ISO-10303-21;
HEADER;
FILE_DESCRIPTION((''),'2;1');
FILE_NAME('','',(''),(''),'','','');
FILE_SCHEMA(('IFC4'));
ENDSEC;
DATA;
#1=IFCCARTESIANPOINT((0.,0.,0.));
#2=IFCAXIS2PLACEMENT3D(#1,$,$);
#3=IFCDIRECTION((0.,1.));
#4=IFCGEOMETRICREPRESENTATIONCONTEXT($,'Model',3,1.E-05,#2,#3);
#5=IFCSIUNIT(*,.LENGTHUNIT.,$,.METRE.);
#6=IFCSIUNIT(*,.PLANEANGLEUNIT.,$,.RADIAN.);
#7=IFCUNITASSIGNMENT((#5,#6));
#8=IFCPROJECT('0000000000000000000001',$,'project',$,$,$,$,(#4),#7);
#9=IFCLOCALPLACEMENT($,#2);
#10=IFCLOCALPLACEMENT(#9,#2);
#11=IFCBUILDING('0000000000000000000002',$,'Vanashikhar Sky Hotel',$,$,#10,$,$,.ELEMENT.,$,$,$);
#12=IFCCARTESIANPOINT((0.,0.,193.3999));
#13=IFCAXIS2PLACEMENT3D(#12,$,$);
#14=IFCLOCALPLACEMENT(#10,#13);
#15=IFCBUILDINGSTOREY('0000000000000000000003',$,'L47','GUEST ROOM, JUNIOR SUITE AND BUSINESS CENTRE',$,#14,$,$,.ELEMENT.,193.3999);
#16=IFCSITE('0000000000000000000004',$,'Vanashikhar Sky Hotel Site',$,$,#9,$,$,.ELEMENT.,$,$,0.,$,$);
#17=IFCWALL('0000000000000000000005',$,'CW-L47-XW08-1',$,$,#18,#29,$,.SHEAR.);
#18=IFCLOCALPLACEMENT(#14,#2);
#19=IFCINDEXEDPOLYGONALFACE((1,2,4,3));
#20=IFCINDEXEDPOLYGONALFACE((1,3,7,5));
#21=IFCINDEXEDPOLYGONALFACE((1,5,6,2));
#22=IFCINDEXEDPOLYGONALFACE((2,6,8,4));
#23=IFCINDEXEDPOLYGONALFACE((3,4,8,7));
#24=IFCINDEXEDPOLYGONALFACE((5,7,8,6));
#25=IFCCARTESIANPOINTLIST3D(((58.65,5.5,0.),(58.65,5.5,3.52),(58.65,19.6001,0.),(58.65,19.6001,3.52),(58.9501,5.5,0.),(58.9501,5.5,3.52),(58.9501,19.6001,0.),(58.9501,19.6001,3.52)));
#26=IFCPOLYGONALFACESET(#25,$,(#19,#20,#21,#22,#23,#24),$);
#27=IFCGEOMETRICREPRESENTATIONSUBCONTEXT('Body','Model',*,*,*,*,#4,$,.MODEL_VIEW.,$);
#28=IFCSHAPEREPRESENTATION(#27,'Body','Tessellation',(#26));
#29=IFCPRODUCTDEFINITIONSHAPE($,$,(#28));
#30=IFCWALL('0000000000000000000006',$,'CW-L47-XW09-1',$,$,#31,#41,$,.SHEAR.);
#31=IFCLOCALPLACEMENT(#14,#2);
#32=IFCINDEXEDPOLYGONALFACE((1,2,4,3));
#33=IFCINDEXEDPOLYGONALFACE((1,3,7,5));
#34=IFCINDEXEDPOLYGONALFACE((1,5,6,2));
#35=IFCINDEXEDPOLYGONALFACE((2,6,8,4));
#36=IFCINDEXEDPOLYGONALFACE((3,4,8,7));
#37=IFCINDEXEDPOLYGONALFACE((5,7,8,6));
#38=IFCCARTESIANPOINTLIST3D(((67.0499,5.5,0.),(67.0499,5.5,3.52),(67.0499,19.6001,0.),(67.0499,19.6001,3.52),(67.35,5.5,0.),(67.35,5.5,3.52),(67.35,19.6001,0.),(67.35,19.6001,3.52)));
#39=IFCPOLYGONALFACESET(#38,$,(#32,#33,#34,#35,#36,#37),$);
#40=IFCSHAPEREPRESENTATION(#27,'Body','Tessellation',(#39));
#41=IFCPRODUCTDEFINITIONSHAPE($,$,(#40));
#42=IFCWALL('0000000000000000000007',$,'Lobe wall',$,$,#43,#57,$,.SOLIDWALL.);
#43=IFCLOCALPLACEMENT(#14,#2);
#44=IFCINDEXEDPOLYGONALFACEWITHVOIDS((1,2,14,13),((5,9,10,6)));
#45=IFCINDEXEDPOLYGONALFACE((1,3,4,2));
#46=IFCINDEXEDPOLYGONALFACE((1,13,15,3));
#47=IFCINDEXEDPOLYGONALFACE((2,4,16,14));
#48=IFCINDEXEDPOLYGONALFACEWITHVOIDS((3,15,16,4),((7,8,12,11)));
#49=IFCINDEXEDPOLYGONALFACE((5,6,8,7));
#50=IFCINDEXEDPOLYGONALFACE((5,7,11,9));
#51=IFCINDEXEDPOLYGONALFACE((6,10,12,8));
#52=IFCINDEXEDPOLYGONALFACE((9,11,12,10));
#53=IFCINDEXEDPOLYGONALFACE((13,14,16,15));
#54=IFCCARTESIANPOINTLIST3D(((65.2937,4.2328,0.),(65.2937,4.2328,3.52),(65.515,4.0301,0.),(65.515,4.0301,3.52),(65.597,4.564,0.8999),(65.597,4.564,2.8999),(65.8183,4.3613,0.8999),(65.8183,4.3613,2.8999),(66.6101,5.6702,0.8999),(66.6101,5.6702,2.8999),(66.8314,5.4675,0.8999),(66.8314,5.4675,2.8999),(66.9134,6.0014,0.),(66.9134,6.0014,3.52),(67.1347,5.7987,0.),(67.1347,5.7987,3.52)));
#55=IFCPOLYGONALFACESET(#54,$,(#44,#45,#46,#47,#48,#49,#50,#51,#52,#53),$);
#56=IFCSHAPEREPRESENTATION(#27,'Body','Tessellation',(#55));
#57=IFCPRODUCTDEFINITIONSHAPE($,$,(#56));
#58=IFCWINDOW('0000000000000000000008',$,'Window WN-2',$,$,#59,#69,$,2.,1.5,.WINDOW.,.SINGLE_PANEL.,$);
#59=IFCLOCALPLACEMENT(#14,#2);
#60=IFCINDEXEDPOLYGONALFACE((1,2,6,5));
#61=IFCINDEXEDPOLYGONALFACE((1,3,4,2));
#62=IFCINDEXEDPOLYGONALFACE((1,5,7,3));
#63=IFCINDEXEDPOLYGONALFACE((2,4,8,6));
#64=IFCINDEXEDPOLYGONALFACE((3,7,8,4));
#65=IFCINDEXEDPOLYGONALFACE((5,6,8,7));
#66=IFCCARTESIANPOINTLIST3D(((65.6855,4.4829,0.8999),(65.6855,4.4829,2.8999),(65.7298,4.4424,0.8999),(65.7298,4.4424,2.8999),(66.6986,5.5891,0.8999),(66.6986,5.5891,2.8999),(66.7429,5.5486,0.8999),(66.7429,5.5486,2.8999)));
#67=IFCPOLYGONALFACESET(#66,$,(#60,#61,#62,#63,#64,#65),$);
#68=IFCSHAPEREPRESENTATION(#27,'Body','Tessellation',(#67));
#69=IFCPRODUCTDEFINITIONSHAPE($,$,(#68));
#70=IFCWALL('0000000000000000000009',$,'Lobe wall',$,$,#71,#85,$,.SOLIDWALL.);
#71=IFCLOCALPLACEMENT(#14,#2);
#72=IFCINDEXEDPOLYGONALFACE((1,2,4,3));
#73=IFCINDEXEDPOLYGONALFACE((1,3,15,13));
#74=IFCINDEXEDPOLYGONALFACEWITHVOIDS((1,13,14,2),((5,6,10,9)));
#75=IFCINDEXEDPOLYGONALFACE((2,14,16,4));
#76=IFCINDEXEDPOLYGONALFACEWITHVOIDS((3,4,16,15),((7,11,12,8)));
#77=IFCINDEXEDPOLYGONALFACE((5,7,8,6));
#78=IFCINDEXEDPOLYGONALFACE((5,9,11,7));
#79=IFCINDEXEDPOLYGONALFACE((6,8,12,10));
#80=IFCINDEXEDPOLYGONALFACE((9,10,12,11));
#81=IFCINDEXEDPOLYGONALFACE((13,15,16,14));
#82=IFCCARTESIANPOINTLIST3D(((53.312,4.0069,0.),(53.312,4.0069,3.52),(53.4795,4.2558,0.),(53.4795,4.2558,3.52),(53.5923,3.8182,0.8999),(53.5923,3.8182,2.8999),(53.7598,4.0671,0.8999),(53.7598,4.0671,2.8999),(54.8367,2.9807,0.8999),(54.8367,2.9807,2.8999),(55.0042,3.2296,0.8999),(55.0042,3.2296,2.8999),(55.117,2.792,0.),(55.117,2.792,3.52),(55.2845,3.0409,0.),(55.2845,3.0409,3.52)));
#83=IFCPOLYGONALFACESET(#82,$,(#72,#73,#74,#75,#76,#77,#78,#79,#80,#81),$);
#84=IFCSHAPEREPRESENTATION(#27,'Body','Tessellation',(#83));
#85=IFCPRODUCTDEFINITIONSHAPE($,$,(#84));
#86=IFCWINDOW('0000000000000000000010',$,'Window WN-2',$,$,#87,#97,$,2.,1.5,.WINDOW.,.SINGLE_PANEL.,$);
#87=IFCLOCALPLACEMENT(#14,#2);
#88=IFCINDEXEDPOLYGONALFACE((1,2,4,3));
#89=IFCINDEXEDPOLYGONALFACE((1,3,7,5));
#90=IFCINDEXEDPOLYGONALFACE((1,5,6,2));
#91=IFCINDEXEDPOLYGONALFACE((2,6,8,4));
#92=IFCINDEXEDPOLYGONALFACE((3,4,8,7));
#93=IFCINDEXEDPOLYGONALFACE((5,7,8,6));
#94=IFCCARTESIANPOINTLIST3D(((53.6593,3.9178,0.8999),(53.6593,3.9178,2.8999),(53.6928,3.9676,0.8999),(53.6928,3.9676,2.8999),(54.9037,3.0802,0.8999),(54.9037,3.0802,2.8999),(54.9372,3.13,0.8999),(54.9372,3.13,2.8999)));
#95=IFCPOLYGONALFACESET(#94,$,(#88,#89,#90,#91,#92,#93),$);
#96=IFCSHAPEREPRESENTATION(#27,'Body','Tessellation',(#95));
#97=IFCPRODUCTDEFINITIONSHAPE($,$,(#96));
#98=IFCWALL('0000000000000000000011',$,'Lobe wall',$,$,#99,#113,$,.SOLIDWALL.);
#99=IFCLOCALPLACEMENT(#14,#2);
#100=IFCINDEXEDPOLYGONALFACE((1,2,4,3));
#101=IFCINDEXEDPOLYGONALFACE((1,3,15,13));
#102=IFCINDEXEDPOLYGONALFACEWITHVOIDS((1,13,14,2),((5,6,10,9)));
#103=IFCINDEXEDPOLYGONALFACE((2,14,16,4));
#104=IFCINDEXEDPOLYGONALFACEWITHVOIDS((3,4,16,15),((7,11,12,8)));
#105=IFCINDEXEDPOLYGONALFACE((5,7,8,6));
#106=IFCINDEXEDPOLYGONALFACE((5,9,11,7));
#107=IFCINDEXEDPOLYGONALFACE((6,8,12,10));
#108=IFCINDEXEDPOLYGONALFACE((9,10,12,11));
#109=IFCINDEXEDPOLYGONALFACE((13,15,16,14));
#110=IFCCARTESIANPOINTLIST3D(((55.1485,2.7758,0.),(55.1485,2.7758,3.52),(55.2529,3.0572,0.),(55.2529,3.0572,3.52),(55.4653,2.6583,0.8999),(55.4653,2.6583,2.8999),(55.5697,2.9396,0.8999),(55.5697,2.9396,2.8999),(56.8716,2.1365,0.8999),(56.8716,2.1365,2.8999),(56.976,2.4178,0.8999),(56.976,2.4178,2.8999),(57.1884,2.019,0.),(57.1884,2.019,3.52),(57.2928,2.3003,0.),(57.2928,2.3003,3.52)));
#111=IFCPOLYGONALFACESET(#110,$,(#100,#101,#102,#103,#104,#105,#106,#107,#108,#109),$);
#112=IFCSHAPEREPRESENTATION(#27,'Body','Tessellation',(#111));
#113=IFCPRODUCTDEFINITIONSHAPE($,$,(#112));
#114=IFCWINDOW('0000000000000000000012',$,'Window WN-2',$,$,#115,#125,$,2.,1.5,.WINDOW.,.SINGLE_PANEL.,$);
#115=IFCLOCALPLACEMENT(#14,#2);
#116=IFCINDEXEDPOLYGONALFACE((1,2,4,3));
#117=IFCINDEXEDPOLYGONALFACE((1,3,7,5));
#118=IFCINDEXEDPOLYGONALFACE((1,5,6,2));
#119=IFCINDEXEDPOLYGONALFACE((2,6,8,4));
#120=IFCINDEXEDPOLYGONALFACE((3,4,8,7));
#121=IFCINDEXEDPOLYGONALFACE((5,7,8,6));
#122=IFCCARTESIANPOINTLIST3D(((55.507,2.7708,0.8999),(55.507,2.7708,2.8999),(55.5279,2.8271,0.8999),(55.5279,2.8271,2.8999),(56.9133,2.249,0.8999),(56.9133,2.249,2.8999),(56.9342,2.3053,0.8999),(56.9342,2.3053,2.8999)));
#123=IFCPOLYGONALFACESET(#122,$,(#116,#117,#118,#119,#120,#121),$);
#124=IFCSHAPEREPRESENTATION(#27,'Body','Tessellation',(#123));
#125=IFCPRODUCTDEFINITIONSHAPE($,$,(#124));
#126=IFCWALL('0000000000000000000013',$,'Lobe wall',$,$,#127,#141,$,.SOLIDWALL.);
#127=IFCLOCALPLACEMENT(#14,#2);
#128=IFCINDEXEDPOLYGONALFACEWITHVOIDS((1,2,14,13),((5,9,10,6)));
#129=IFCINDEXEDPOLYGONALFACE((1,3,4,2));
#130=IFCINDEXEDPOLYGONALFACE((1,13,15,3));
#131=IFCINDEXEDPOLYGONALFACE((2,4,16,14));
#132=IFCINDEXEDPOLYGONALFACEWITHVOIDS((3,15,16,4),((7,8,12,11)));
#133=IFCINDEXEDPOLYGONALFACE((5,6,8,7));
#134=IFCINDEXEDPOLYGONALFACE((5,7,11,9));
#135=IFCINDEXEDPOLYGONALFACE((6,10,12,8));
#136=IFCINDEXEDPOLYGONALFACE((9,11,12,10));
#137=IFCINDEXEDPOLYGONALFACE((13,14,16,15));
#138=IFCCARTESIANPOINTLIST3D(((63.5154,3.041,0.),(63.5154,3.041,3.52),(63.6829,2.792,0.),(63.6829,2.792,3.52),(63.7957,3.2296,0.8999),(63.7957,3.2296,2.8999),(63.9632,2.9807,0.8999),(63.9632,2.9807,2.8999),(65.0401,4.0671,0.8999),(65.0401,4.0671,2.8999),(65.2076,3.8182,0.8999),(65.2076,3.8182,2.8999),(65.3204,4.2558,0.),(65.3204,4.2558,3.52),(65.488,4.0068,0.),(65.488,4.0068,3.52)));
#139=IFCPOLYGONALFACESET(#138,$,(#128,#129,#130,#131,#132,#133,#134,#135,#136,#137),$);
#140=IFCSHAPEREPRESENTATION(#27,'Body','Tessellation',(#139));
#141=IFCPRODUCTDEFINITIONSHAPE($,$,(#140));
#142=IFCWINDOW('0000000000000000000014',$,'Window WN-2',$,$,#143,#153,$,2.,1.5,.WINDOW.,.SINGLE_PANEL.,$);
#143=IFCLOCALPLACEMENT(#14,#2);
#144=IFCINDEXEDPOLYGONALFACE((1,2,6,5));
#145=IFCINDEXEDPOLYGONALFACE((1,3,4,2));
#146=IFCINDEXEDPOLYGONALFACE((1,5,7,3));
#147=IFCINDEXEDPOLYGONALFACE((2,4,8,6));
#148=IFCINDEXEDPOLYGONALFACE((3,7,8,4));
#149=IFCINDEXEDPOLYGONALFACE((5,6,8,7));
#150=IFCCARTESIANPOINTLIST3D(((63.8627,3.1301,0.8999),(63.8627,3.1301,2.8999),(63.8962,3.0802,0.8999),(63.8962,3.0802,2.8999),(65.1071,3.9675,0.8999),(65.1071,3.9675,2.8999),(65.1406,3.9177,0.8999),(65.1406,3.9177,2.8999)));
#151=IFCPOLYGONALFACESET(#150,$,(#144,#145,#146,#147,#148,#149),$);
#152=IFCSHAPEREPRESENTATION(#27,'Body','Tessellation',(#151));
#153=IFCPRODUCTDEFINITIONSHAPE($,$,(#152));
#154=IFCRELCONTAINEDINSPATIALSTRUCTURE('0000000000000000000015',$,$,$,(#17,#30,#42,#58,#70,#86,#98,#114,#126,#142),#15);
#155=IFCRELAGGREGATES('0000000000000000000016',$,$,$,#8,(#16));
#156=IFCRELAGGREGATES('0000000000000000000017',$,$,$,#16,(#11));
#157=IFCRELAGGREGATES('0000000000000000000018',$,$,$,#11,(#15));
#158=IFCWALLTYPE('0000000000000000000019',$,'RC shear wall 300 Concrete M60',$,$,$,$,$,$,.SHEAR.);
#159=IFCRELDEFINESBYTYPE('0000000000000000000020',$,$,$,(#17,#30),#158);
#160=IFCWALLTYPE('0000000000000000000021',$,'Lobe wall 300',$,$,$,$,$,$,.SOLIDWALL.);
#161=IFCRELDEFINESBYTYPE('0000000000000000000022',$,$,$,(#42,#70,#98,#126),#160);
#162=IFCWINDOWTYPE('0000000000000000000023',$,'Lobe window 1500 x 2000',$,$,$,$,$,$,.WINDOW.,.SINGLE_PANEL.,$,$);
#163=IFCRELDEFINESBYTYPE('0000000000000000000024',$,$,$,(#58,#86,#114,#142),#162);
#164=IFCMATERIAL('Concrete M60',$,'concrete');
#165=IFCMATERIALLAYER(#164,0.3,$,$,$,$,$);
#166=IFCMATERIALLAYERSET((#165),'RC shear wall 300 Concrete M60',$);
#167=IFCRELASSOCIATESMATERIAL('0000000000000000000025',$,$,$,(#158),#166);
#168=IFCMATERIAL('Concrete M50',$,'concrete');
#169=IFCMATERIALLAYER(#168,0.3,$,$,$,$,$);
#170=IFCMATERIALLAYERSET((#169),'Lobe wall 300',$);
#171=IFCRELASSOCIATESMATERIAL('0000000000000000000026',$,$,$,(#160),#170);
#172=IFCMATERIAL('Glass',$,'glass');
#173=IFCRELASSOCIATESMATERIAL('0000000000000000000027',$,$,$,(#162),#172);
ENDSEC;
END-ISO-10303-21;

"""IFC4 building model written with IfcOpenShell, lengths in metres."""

from ifc_helpers import new_model, si_unit, direction, frame, frame_2d, origin, place, context, subcontext, project, spatial, rectangle, extrude, source, transform, mapped, material, layer, layer_set, type_object, element, fill, save


model = new_model("IFC4")

# Units and contexts
model_context = context("Model", 3, precision=1e-05, world=origin(), true_north=direction((0.0, 1.0)))
body_context = subcontext(model_context, "Body", "Model", "MODEL_VIEW")
ifc_project = project(units=[si_unit("LENGTHUNIT", "METRE"), si_unit("PLANEANGLEUNIT", "RADIAN")], contexts=[model_context])

# Site, building, storey
site_placement = place(None, origin())
site = spatial("IfcSite", under=ifc_project, at=site_placement, Name="Vanashikhar Sky Hotel Site", CompositionType="ELEMENT", RefElevation=0.0)
building_placement = place(site_placement, origin())
building = spatial("IfcBuilding", under=site, at=building_placement, Name="Vanashikhar Sky Hotel", CompositionType="ELEMENT")
storey_placement = place(building_placement, frame((0.0, 0.0, 193.3999)))
storey = spatial("IfcBuildingStorey", under=building, at=storey_placement, Name="L47", Description="GUEST ROOM, JUNIOR SUITE AND BUSINESS CENTRE", CompositionType="ELEMENT", Elevation=193.3999)

# Walls
ifc_material_1 = material(Name="Concrete M60", Category="concrete")
ifc_layer_1 = layer(ifc_material_1, 0.3)
ifc_layer_set_1 = layer_set([ifc_layer_1], Name="RC shear wall 300 Concrete M60")
wall_type_1 = type_object("IfcWallType", Name="RC shear wall 300 Concrete M60", PredefinedType="SHEAR", material=ifc_layer_set_1)
shared_shape_1 = source(origin(), body_context, "Body", "SweptSolid", [
    extrude(rectangle(XDim=14.1001, YDim=0.3, at=frame_2d((7.05, 0.0))), origin(), (0.0, 0.0, 1.0), 3.52),
])
for number, where, z_axis, x_axis, name in (
    (1, (58.8, 5.5, 0.0), (0.0, 0.0, 1.0), (0.0, 1.0, 0.0), "CW-L47-XW08-1"),
    (2, (67.2, 5.5, 0.0), (0.0, 0.0, 1.0), (0.0, 1.0, 0.0), "CW-L47-XW09-1"),
):
    element("IfcWall", number, at=place(storey_placement, frame(where, z_axis=z_axis, x_axis=x_axis)), inside=storey, type_object=wall_type_1, Name=name, PredefinedType="SHEAR", context=body_context, shape_type="MappedRepresentation", body=[
        mapped(shared_shape_1, transform((0.0, 0.0, 0.0), scale=1.0)),
    ])

# Walls, openings, windows
ifc_material_2 = material(Name="Concrete M50", Category="concrete")
ifc_layer_2 = layer(ifc_material_2, 0.3)
ifc_layer_set_2 = layer_set([ifc_layer_2], Name="Lobe wall 300")
wall_type_2 = type_object("IfcWallType", Name="Lobe wall 300", PredefinedType="SOLIDWALL", material=ifc_layer_set_2)
shared_shape_2 = source(origin(), body_context, "Body", "SweptSolid", [
    extrude(rectangle(XDim=2.3982, YDim=0.3, at=frame_2d((1.1992, 0.0))), origin(), (0.0, 0.0, 1.0), 3.52),
])
wall_1_placement = place(storey_placement, frame((65.4043, 4.1313, 0.0), z_axis=(0.0, 0.0, 1.0), x_axis=(0.675374, 0.737475, 0.0)))
wall_1 = element("IfcWall", 3, at=wall_1_placement, inside=storey, type_object=wall_type_2, Name="Lobe wall", PredefinedType="SOLIDWALL", context=body_context, shape_type="MappedRepresentation", body=[
    mapped(shared_shape_2, transform((0.0, 0.0, 0.0), scale=1.0)),
])
shared_shape_3 = source(origin(), body_context, "Body", "SweptSolid", [
    extrude(rectangle(XDim=1.5, YDim=2.0, at=frame_2d((0.75, 1.0))), frame((0.0, 0.1602, 0.0), z_axis=(0.0, -1.0, 0.0), x_axis=(1.0, 0.0, 0.0)), (0.0, 0.0, 1.0), 0.3201),
])
opening_1_placement = place(wall_1_placement, frame((0.4492, 0.0, 0.8999)))
opening_1 = element("IfcOpeningElement", 4, at=opening_1_placement, cuts=wall_1, PredefinedType="OPENING", context=body_context, shape_type="MappedRepresentation", body=[
    mapped(shared_shape_3, transform((0.0, 0.0, 0.0), scale=1.0)),
])
ifc_material_3 = material(Name="Glass", Category="glass")
window_type = type_object("IfcWindowType", Name="Lobe window 1500 x 2000", PartitioningType="SINGLE_PANEL", PredefinedType="WINDOW", material=ifc_material_3)
shared_shape_4 = source(origin(), body_context, "Body", "SweptSolid", [
    extrude(rectangle(XDim=1.5, YDim=2.0, at=frame_2d((0.75, 1.0))), frame((0.0, 0.03, 0.0), z_axis=(0.0, -1.0, 0.0), x_axis=(1.0, 0.0, 0.0)), (0.0, 0.0, 1.0), 0.0601),
])
window_1_placement = place(opening_1_placement, origin())
window_1 = element("IfcWindow", 5, at=window_1_placement, inside=storey, type_object=window_type, Name="Window WN-2", OverallHeight=2.0, OverallWidth=1.5, PartitioningType="SINGLE_PANEL", PredefinedType="WINDOW", context=body_context, shape_type="MappedRepresentation", body=[
    mapped(shared_shape_4, transform((0.0, 0.0, 0.0), scale=1.0)),
])
fill(opening_1, window_1)
shared_shape_5 = source(origin(), body_context, "Body", "SweptSolid", [
    extrude(rectangle(XDim=2.1758, YDim=0.3, at=frame_2d((1.0879, 0.0))), origin(), (0.0, 0.0, 1.0), 3.52),
])
wall_2_placement = place(storey_placement, frame((53.3958, 4.1313, 0.0), z_axis=(0.0, 0.0, 1.0), x_axis=(0.829591, -0.558372, 0.0)))
wall_2 = element("IfcWall", 6, at=wall_2_placement, inside=storey, type_object=wall_type_2, Name="Lobe wall", PredefinedType="SOLIDWALL", context=body_context, shape_type="MappedRepresentation", body=[
    mapped(shared_shape_5, transform((0.0, 0.0, 0.0), scale=1.0)),
])
opening_2_placement = place(wall_2_placement, frame((0.3379, 0.0, 0.8999)))
opening_2 = element("IfcOpeningElement", 7, at=opening_2_placement, cuts=wall_2, PredefinedType="OPENING", context=body_context, shape_type="MappedRepresentation", body=[
    mapped(shared_shape_3, transform((0.0, 0.0, 0.0), scale=1.0)),
])
window_2_placement = place(opening_2_placement, origin())
window_2 = element("IfcWindow", 8, at=window_2_placement, inside=storey, type_object=window_type, Name="Window WN-2", OverallHeight=2.0, OverallWidth=1.5, PartitioningType="SINGLE_PANEL", PredefinedType="WINDOW", context=body_context, shape_type="MappedRepresentation", body=[
    mapped(shared_shape_4, transform((0.0, 0.0, 0.0), scale=1.0)),
])
fill(opening_2, window_2)
wall_3_placement = place(storey_placement, frame((55.2007, 2.9165, 0.0), z_axis=(0.0, 0.0, 1.0), x_axis=(0.937546, -0.347863, 0.0)))
wall_3 = element("IfcWall", 9, at=wall_3_placement, inside=storey, type_object=wall_type_2, Name="Lobe wall", PredefinedType="SOLIDWALL", context=body_context, shape_type="MappedRepresentation", body=[
    mapped(shared_shape_5, transform((0.0, 0.0, 0.0), scale=1.0)),
])
opening_3_placement = place(wall_3_placement, frame((0.3379, 0.0, 0.8999)))
opening_3 = element("IfcOpeningElement", 10, at=opening_3_placement, cuts=wall_3, PredefinedType="OPENING", context=body_context, shape_type="MappedRepresentation", body=[
    mapped(shared_shape_3, transform((0.0, 0.0, 0.0), scale=1.0)),
])
window_3_placement = place(opening_3_placement, origin())
window_3 = element("IfcWindow", 11, at=window_3_placement, inside=storey, type_object=window_type, Name="Window WN-2", OverallHeight=2.0, OverallWidth=1.5, PartitioningType="SINGLE_PANEL", PredefinedType="WINDOW", context=body_context, shape_type="MappedRepresentation", body=[
    mapped(shared_shape_4, transform((0.0, 0.0, 0.0), scale=1.0)),
])
fill(opening_3, window_3)
wall_4_placement = place(storey_placement, frame((63.5991, 2.9165, 0.0), z_axis=(0.0, 0.0, 1.0), x_axis=(0.829626, 0.55832, 0.0)))
wall_4 = element("IfcWall", 12, at=wall_4_placement, inside=storey, type_object=wall_type_2, Name="Lobe wall", PredefinedType="SOLIDWALL", context=body_context, shape_type="MappedRepresentation", body=[
    mapped(shared_shape_5, transform((0.0, 0.0, 0.0), scale=1.0)),
])
opening_4_placement = place(wall_4_placement, frame((0.3379, 0.0, 0.8999)))
opening_4 = element("IfcOpeningElement", 13, at=opening_4_placement, cuts=wall_4, PredefinedType="OPENING", context=body_context, shape_type="MappedRepresentation", body=[
    mapped(shared_shape_3, transform((0.0, 0.0, 0.0), scale=1.0)),
])
window_4_placement = place(opening_4_placement, origin())
window_4 = element("IfcWindow", 14, at=window_4_placement, inside=storey, type_object=window_type, Name="Window WN-2", OverallHeight=2.0, OverallWidth=1.5, PartitioningType="SINGLE_PANEL", PredefinedType="WINDOW", context=body_context, shape_type="MappedRepresentation", body=[
    mapped(shared_shape_4, transform((0.0, 0.0, 0.0), scale=1.0)),
])
fill(opening_4, window_4)

save(model, "model.ifc")
